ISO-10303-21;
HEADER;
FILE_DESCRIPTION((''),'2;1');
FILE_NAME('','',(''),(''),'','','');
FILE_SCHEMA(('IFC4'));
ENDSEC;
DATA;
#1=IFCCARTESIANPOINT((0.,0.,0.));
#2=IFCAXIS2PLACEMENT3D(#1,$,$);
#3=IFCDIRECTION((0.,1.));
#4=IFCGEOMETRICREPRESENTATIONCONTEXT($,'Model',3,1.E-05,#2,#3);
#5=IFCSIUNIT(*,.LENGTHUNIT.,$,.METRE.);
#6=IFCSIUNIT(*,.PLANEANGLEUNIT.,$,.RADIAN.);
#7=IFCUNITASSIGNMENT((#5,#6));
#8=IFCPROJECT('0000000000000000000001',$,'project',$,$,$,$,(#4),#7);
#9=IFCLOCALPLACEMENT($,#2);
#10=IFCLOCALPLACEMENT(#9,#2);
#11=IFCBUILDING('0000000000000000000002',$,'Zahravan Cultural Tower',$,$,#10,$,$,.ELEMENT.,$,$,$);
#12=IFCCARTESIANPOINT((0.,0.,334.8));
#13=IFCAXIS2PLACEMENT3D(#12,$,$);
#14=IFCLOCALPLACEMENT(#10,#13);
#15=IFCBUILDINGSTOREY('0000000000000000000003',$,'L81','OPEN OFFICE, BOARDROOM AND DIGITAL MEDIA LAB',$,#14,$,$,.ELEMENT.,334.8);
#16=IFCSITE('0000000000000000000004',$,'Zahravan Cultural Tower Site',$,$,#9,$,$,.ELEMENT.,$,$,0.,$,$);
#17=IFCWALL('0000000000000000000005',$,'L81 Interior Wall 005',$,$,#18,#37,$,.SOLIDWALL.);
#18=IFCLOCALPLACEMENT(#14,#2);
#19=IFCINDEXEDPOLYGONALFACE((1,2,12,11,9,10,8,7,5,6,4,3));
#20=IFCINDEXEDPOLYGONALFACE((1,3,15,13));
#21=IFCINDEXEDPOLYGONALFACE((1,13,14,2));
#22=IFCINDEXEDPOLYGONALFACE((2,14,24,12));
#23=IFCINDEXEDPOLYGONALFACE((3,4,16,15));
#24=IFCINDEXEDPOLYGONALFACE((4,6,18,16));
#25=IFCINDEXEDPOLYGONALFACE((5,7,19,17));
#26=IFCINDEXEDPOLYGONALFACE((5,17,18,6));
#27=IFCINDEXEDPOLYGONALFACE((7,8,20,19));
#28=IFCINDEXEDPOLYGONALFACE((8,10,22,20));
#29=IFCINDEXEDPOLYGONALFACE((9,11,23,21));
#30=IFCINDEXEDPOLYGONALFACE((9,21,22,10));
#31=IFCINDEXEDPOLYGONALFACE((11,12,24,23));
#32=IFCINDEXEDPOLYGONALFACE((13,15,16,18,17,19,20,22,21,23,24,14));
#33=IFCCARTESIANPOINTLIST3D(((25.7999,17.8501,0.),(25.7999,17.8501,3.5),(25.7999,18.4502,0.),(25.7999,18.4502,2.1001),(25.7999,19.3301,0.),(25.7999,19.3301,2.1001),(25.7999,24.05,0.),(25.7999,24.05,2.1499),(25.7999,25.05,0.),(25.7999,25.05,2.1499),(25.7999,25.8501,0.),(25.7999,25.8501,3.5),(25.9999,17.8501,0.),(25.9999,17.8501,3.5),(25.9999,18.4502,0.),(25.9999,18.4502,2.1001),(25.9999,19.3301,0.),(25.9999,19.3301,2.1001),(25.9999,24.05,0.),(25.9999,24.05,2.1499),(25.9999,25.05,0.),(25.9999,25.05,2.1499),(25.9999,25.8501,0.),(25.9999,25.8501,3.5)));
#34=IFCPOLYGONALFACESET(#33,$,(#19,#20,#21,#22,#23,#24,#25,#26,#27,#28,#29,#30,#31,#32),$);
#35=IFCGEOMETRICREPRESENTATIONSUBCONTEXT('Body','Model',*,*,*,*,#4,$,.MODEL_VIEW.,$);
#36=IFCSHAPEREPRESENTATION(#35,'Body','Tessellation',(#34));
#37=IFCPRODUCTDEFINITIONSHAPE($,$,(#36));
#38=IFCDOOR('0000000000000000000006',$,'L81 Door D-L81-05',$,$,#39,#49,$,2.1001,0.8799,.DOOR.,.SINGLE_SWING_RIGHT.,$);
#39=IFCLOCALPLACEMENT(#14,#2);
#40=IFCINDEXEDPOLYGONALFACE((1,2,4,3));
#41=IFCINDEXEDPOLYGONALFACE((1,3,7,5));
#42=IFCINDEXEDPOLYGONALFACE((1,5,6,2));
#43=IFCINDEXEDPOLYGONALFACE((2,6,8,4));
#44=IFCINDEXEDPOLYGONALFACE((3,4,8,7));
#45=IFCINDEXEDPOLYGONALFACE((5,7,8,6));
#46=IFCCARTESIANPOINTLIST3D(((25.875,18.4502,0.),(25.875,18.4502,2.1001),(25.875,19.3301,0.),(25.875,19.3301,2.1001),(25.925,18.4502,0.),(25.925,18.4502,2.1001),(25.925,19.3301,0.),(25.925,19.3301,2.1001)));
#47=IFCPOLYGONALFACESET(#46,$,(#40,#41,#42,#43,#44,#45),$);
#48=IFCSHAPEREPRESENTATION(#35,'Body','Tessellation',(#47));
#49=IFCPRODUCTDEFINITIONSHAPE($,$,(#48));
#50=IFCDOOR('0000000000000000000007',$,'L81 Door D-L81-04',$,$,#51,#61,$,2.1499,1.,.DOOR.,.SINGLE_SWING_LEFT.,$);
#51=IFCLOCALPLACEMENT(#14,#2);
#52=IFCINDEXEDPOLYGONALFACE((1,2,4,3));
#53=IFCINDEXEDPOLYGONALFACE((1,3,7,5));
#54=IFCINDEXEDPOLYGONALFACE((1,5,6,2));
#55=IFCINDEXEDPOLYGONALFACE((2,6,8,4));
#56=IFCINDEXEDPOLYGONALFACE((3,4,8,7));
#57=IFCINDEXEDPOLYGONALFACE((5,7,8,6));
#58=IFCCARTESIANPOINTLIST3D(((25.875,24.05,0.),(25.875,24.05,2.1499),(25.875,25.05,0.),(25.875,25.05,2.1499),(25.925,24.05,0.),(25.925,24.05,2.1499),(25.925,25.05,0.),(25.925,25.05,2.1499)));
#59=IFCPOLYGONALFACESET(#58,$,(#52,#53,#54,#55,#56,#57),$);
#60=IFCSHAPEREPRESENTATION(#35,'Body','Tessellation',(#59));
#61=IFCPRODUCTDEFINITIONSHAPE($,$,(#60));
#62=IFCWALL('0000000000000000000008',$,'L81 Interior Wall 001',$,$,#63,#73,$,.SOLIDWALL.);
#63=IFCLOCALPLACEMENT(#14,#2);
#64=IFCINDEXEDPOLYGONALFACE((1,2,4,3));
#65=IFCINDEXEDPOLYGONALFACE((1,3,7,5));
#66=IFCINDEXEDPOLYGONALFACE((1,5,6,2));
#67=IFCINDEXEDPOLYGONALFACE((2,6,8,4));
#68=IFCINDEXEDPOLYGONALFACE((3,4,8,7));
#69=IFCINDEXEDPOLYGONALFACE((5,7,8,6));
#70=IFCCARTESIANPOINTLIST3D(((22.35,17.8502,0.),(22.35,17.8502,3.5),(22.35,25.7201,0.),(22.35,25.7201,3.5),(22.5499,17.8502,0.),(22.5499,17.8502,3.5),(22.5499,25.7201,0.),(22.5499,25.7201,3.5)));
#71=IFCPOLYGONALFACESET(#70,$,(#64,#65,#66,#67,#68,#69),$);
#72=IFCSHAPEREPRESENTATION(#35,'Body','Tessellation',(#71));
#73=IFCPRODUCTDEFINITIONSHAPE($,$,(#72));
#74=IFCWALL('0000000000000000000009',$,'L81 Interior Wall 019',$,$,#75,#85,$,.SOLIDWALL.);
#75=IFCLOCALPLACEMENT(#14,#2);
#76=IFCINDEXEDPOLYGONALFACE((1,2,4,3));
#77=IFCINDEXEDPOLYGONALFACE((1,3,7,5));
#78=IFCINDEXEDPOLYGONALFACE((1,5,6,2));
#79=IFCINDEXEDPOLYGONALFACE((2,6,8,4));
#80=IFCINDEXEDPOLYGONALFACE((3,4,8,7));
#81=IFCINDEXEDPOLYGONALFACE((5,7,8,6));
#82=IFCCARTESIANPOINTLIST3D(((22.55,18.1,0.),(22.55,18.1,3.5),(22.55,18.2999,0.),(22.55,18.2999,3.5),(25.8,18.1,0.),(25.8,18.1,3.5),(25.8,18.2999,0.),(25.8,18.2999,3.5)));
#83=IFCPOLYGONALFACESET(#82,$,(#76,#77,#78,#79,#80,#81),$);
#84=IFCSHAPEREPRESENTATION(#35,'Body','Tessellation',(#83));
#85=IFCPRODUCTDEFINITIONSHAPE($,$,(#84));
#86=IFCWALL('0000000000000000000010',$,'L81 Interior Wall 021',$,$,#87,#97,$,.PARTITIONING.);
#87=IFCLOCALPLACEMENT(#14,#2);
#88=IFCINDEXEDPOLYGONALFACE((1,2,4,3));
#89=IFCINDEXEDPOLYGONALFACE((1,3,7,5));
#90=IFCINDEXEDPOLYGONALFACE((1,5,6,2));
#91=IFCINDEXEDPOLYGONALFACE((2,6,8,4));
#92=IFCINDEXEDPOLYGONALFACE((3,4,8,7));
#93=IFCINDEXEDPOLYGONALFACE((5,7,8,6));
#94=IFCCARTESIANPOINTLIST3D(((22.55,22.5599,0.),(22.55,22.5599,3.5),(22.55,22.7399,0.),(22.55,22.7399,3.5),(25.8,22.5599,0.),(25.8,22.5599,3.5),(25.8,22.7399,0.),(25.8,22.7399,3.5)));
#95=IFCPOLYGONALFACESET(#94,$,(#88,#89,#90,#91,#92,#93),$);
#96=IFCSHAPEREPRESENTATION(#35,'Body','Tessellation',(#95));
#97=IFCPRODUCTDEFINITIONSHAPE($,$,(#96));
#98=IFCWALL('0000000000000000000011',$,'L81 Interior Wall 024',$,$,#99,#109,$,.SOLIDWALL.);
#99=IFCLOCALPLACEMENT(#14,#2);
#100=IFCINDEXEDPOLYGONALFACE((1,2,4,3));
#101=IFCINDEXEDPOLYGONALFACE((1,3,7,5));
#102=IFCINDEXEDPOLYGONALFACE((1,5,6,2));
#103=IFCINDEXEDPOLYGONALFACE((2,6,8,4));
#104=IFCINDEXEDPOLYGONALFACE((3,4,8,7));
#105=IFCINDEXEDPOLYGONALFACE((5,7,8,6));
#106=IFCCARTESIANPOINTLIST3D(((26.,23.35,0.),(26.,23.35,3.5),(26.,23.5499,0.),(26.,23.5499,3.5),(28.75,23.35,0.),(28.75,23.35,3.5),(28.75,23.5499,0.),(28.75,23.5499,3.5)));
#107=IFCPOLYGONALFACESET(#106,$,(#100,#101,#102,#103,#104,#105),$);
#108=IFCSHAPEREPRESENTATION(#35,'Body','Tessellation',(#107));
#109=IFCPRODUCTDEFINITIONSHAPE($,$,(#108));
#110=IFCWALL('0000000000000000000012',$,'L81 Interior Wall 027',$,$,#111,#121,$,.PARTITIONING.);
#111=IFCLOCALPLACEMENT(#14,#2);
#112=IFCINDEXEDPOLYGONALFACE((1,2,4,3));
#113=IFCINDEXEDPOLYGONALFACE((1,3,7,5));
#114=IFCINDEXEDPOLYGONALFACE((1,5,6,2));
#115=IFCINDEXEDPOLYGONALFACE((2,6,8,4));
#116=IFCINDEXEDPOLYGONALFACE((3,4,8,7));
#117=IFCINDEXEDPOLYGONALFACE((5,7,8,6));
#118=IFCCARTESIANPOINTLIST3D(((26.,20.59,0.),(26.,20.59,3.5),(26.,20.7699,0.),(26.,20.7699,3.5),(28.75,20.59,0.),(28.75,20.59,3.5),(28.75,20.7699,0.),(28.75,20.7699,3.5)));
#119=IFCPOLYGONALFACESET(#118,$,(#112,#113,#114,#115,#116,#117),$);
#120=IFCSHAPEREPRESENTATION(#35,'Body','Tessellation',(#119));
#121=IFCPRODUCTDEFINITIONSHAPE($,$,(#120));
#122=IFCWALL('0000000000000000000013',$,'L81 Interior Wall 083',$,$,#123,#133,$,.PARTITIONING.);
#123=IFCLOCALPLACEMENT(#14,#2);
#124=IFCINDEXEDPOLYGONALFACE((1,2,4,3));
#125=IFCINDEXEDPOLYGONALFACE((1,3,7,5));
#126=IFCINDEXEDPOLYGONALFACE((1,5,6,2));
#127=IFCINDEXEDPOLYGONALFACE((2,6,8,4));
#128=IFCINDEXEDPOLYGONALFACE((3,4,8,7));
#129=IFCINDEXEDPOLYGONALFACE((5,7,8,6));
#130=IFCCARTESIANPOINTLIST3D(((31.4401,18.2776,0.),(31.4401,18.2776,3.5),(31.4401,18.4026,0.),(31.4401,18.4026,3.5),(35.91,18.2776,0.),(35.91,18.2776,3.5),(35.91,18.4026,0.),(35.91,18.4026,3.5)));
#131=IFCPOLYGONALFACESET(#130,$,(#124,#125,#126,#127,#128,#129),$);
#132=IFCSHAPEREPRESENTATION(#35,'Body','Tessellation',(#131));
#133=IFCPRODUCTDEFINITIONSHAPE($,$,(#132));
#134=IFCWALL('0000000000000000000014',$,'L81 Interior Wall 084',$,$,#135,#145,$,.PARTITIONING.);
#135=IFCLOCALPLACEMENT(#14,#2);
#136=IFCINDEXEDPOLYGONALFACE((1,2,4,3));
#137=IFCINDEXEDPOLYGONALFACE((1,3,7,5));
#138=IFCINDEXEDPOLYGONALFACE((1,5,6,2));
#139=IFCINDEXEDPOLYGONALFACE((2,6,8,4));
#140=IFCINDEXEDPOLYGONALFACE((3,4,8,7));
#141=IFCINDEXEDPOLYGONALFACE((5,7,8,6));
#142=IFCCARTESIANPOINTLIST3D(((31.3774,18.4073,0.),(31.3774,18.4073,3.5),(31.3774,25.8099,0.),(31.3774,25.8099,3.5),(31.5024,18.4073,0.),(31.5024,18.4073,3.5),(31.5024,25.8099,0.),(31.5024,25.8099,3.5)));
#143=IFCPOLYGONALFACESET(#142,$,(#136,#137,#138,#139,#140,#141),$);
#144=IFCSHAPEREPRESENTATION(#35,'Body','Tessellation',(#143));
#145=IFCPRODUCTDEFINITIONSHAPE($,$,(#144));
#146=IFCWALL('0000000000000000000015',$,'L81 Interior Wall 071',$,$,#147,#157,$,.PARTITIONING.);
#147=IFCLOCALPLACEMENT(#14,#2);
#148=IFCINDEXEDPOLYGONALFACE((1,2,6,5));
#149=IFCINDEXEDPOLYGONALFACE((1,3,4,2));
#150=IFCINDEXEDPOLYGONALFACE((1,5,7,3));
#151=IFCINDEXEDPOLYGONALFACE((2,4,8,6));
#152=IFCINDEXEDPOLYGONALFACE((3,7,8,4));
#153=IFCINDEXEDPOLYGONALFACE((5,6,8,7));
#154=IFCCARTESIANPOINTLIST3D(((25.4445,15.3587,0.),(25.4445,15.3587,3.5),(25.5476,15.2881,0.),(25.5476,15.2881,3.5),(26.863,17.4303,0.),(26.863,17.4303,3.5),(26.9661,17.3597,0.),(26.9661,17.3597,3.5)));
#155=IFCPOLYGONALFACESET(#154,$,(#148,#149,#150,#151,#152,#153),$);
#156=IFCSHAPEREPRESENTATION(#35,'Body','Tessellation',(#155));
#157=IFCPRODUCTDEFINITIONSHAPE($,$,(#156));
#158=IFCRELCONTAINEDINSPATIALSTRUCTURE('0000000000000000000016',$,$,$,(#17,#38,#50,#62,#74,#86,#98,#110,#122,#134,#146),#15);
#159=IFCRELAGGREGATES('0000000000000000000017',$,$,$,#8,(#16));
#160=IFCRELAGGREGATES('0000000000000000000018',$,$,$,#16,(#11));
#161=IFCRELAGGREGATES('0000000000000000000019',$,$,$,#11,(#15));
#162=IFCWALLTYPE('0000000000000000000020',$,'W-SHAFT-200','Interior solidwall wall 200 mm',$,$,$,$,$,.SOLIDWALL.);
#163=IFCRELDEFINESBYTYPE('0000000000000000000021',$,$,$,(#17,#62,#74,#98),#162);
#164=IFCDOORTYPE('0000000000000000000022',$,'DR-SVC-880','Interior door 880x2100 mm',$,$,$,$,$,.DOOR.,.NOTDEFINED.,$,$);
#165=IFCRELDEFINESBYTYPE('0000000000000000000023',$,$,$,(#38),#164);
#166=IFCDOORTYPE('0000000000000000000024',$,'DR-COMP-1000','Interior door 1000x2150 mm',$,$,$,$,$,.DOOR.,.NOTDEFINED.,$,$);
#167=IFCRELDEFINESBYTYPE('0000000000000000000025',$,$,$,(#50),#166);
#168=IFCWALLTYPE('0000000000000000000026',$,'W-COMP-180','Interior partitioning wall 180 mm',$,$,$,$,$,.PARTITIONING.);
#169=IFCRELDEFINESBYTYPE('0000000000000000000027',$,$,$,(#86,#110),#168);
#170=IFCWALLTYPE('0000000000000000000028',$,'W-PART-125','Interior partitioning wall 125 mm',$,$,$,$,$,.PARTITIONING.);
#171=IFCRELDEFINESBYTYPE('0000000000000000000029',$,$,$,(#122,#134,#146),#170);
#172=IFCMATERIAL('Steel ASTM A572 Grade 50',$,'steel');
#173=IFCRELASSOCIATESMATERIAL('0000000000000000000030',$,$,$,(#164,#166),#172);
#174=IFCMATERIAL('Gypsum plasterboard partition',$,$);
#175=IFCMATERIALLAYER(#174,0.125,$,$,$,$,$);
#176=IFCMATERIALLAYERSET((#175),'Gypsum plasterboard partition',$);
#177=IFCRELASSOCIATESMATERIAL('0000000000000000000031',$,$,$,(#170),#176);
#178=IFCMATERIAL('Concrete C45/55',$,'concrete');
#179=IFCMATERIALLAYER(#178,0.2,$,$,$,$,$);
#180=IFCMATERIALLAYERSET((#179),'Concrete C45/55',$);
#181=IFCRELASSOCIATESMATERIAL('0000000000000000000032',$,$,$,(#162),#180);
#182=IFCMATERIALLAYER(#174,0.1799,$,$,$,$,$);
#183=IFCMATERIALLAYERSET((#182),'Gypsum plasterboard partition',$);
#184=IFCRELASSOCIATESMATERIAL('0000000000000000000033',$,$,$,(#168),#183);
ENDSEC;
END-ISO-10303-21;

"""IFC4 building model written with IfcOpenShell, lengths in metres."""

from ifc_helpers import new_model, si_unit, direction, frame, frame_2d, origin, place, context, subcontext, project, spatial, rectangle, extrude, source, transform, mapped, material, layer, layer_set, type_object, element, fill, save


model = new_model("IFC4")

# Units and contexts
model_context = context("Model", 3, precision=1e-05, world=origin(), true_north=direction((0.0, 1.0)))
body_context = subcontext(model_context, "Body", "Model", "MODEL_VIEW")
ifc_project = project(units=[si_unit("LENGTHUNIT", "METRE"), si_unit("PLANEANGLEUNIT", "RADIAN")], contexts=[model_context])

# Site, building, storey
site_placement = place(None, origin())
site = spatial("IfcSite", under=ifc_project, at=site_placement, Name="Zahravan Cultural Tower Site", CompositionType="ELEMENT", RefElevation=0.0)
building_placement = place(site_placement, origin())
building = spatial("IfcBuilding", under=site, at=building_placement, Name="Zahravan Cultural Tower", CompositionType="ELEMENT")
storey_placement = place(building_placement, frame((0.0, 0.0, 334.8)))
storey = spatial("IfcBuildingStorey", under=building, at=storey_placement, Name="L81", Description="OPEN OFFICE, BOARDROOM AND DIGITAL MEDIA LAB", CompositionType="ELEMENT", Elevation=334.8)

# Shared definitions
ifc_material_1 = material(Name="Steel ASTM A572 Grade 50", Category="steel")
door_type_1 = type_object("IfcDoorType", Name="DR-SVC-880", Description="Interior door 880x2100 mm", OperationType="NOTDEFINED", PredefinedType="DOOR", material=ifc_material_1)
shared_shape_1 = source(origin(), body_context, "Body", "SweptSolid", [
    extrude(rectangle(XDim=0.8799, YDim=2.1001, at=frame_2d((0.4399, 1.05))), frame((0.0, 0.0249, 0.0), z_axis=(0.0, -1.0, 0.0), x_axis=(1.0, 0.0, 0.0)), (0.0, 0.0, 1.0), 0.05),
])

# Shared definitions
ifc_material_2 = material(Name="Gypsum plasterboard partition")
ifc_layer_1 = layer(ifc_material_2, 0.125)
ifc_layer_set_1 = layer_set([ifc_layer_1], Name="Gypsum plasterboard partition")
wall_type_1 = type_object("IfcWallType", Name="W-PART-125", Description="Interior partitioning wall 125 mm", PredefinedType="PARTITIONING", material=ifc_layer_set_1)

# Wall, openings, doors
ifc_material_3 = material(Name="Concrete C45/55", Category="concrete")
ifc_layer_2 = layer(ifc_material_3, 0.2)
ifc_layer_set_2 = layer_set([ifc_layer_2], Name="Concrete C45/55")
wall_type_2 = type_object("IfcWallType", Name="W-SHAFT-200", Description="Interior solidwall wall 200 mm", PredefinedType="SOLIDWALL", material=ifc_layer_set_2)
wall_1_placement = place(storey_placement, frame((25.8999, 17.8501, 0.0), z_axis=(0.0, 0.0, 1.0), x_axis=(0.0, 1.0, 0.0)))
wall_1 = element("IfcWall", 1, at=wall_1_placement, inside=storey, type_object=wall_type_2, Name="L81 Interior Wall 005", PredefinedType="SOLIDWALL", context=body_context, shape_type="SweptSolid", body=[
    extrude(rectangle(XDim=8.0, YDim=0.2, at=frame_2d((4.0, 0.0))), origin(), (0.0, 0.0, 1.0), 3.5),
])
opening_1_placement = place(wall_1_placement, frame((6.2, 0.0, 0.0)))
opening_1 = element("IfcOpeningElement", 2, at=opening_1_placement, cuts=wall_1, PredefinedType="OPENING", context=body_context, shape_type="SweptSolid", body=[
    extrude(rectangle(XDim=1.0, YDim=2.1499, at=frame_2d((0.5, 1.075))), frame((0.0, 0.1099, 0.0), z_axis=(0.0, -1.0, 0.0), x_axis=(1.0, 0.0, 0.0)), (0.0, 0.0, 1.0), 0.22),
])
opening_2_placement = place(wall_1_placement, frame((0.6001, 0.0, 0.0)))
opening_2 = element("IfcOpeningElement", 3, at=opening_2_placement, cuts=wall_1, PredefinedType="OPENING", context=body_context, shape_type="SweptSolid", body=[
    extrude(rectangle(XDim=0.8799, YDim=2.1001, at=frame_2d((0.4399, 1.05))), frame((0.0, 0.1099, 0.0), z_axis=(0.0, -1.0, 0.0), x_axis=(1.0, 0.0, 0.0)), (0.0, 0.0, 1.0), 0.22),
])
door_1_placement = place(opening_2_placement, origin())
door_1 = element("IfcDoor", 4, at=door_1_placement, inside=storey, type_object=door_type_1, Name="L81 Door D-L81-05", OperationType="SINGLE_SWING_RIGHT", OverallHeight=2.1001, OverallWidth=0.8799, PredefinedType="DOOR", context=body_context, shape_type="MappedRepresentation", body=[
    mapped(shared_shape_1, transform((0.0, 0.0, 0.0), x_axis=(1.0, 0.0, 0.0), y_axis=(0.0, 1.0, 0.0), z_axis=(0.0, 0.0, 1.0), scale=1.0)),
])
fill(opening_2, door_1)
door_type_2 = type_object("IfcDoorType", Name="DR-COMP-1000", Description="Interior door 1000x2150 mm", OperationType="NOTDEFINED", PredefinedType="DOOR", material=ifc_material_1)
shared_shape_2 = source(origin(), body_context, "Body", "SweptSolid", [
    extrude(rectangle(XDim=1.0, YDim=2.1499, at=frame_2d((0.5, 1.075))), frame((0.0, 0.0249, 0.0), z_axis=(0.0, -1.0, 0.0), x_axis=(1.0, 0.0, 0.0)), (0.0, 0.0, 1.0), 0.05),
])
door_2_placement = place(opening_1_placement, origin())
door_2 = element("IfcDoor", 5, at=door_2_placement, inside=storey, type_object=door_type_2, Name="L81 Door D-L81-04", OperationType="SINGLE_SWING_LEFT", OverallHeight=2.1499, OverallWidth=1.0, PredefinedType="DOOR", context=body_context, shape_type="MappedRepresentation", body=[
    mapped(shared_shape_2, transform((0.0, 0.0, 0.0), x_axis=(1.0, 0.0, 0.0), y_axis=(0.0, 1.0, 0.0), z_axis=(0.0, 0.0, 1.0), scale=1.0)),
])
fill(opening_1, door_2)

# Walls
shared_shape_3 = source(origin(), body_context, "Body", "SweptSolid", [
    extrude(rectangle(XDim=7.8699, YDim=0.2, at=frame_2d((3.9351, 0.0))), origin(), (0.0, 0.0, 1.0), 3.5),
])
wall_2_placement = place(storey_placement, frame((22.45, 17.8501, 0.0), z_axis=(0.0, 0.0, 1.0), x_axis=(0.0, 1.0, 0.0)))
element("IfcWall", 6, at=wall_2_placement, inside=storey, type_object=wall_type_2, Name="L81 Interior Wall 001", PredefinedType="SOLIDWALL", context=body_context, shape_type="MappedRepresentation", body=[
    mapped(shared_shape_3, transform((0.0, 0.0, 0.0), x_axis=(1.0, 0.0, 0.0), y_axis=(0.0, 1.0, 0.0), z_axis=(0.0, 0.0, 1.0), scale=1.0)),
])
shared_shape_4 = source(origin(), body_context, "Body", "SweptSolid", [
    extrude(rectangle(XDim=3.25, YDim=0.2, at=frame_2d((1.625, 0.0))), origin(), (0.0, 0.0, 1.0), 3.5),
])
wall_3_placement = place(storey_placement, frame((22.55, 18.2, 0.0), z_axis=(0.0, 0.0, 1.0), x_axis=(1.0, 0.0, 0.0)))
element("IfcWall", 7, at=wall_3_placement, inside=storey, type_object=wall_type_2, Name="L81 Interior Wall 019", PredefinedType="SOLIDWALL", context=body_context, shape_type="MappedRepresentation", body=[
    mapped(shared_shape_4, transform((0.0, 0.0, 0.0), x_axis=(1.0, 0.0, 0.0), y_axis=(0.0, 1.0, 0.0), z_axis=(0.0, 0.0, 1.0), scale=1.0)),
])
ifc_layer_3 = layer(ifc_material_2, 0.1799)
ifc_layer_set_3 = layer_set([ifc_layer_3], Name="Gypsum plasterboard partition")
wall_type_3 = type_object("IfcWallType", Name="W-COMP-180", Description="Interior partitioning wall 180 mm", PredefinedType="PARTITIONING", material=ifc_layer_set_3)
shared_shape_5 = source(origin(), body_context, "Body", "SweptSolid", [
    extrude(rectangle(XDim=3.25, YDim=0.1799, at=frame_2d((1.625, 0.0))), origin(), (0.0, 0.0, 1.0), 3.5),
])
wall_4_placement = place(storey_placement, frame((22.55, 22.6499, 0.0), z_axis=(0.0, 0.0, 1.0), x_axis=(1.0, 0.0, 0.0)))
element("IfcWall", 8, at=wall_4_placement, inside=storey, type_object=wall_type_3, Name="L81 Interior Wall 021", PredefinedType="PARTITIONING", context=body_context, shape_type="MappedRepresentation", body=[
    mapped(shared_shape_5, transform((0.0, 0.0, 0.0), x_axis=(1.0, 0.0, 0.0), y_axis=(0.0, 1.0, 0.0), z_axis=(0.0, 0.0, 1.0), scale=1.0)),
])
shared_shape_6 = source(origin(), body_context, "Body", "SweptSolid", [
    extrude(rectangle(XDim=2.75, YDim=0.2, at=frame_2d((1.375, 0.0))), origin(), (0.0, 0.0, 1.0), 3.5),
])
wall_5_placement = place(storey_placement, frame((26.0, 23.45, 0.0), z_axis=(0.0, 0.0, 1.0), x_axis=(1.0, 0.0, 0.0)))
element("IfcWall", 9, at=wall_5_placement, inside=storey, type_object=wall_type_2, Name="L81 Interior Wall 024", PredefinedType="SOLIDWALL", context=body_context, shape_type="MappedRepresentation", body=[
    mapped(shared_shape_6, transform((0.0, 0.0, 0.0), x_axis=(1.0, 0.0, 0.0), y_axis=(0.0, 1.0, 0.0), z_axis=(0.0, 0.0, 1.0), scale=1.0)),
])
shared_shape_7 = source(origin(), body_context, "Body", "SweptSolid", [
    extrude(rectangle(XDim=2.75, YDim=0.1799, at=frame_2d((1.375, 0.0))), origin(), (0.0, 0.0, 1.0), 3.5),
])
wall_6_placement = place(storey_placement, frame((26.0, 20.6799, 0.0), z_axis=(0.0, 0.0, 1.0), x_axis=(1.0, 0.0, 0.0)))
element("IfcWall", 10, at=wall_6_placement, inside=storey, type_object=wall_type_3, Name="L81 Interior Wall 027", PredefinedType="PARTITIONING", context=body_context, shape_type="MappedRepresentation", body=[
    mapped(shared_shape_7, transform((0.0, 0.0, 0.0), x_axis=(1.0, 0.0, 0.0), y_axis=(0.0, 1.0, 0.0), z_axis=(0.0, 0.0, 1.0), scale=1.0)),
])
shared_shape_8 = source(origin(), body_context, "Body", "SweptSolid", [
    extrude(rectangle(XDim=4.47, YDim=0.125, at=frame_2d((2.2349, 0.0))), origin(), (0.0, 0.0, 1.0), 3.5),
])
wall_7_placement = place(storey_placement, frame((35.9099, 18.3401, 0.0), z_axis=(0.0, 0.0, 1.0), x_axis=(-1.0, 0.0, 0.0)))
element("IfcWall", 11, at=wall_7_placement, inside=storey, type_object=wall_type_1, Name="L81 Interior Wall 083", PredefinedType="PARTITIONING", context=body_context, shape_type="MappedRepresentation", body=[
    mapped(shared_shape_8, transform((0.0, 0.0, 0.0), x_axis=(1.0, 0.0, 0.0), y_axis=(0.0, 1.0, 0.0), z_axis=(0.0, 0.0, 1.0), scale=1.0)),
])
shared_shape_9 = source(origin(), body_context, "Body", "SweptSolid", [
    extrude(rectangle(XDim=7.4026, YDim=0.125, at=frame_2d((3.7012, 0.0))), origin(), (0.0, 0.0, 1.0), 3.5),
])
wall_8_placement = place(storey_placement, frame((31.4399, 18.4075, 0.0), z_axis=(0.0, 0.0, 1.0), x_axis=(0.0, 1.0, 0.0)))
element("IfcWall", 12, at=wall_8_placement, inside=storey, type_object=wall_type_1, Name="L81 Interior Wall 084", PredefinedType="PARTITIONING", context=body_context, shape_type="MappedRepresentation", body=[
    mapped(shared_shape_9, transform((0.0, 0.0, 0.0), x_axis=(1.0, 0.0, 0.0), y_axis=(0.0, 1.0, 0.0), z_axis=(0.0, 0.0, 1.0), scale=1.0)),
])
shared_shape_10 = source(origin(), body_context, "Body", "SweptSolid", [
    extrude(rectangle(XDim=2.5107, YDim=0.125, at=frame_2d((1.2554, 0.0))), origin(), (0.0, 0.0, 1.0), 3.5),
])
wall_9_placement = place(storey_placement, frame((26.9146, 17.395, 0.0), z_axis=(0.0, 0.0, 1.0), x_axis=(-0.56498, -0.825104, 0.0)))
element("IfcWall", 13, at=wall_9_placement, inside=storey, type_object=wall_type_1, Name="L81 Interior Wall 071", PredefinedType="PARTITIONING", context=body_context, shape_type="MappedRepresentation", body=[
    mapped(shared_shape_10, transform((0.0, 0.0, 0.0), x_axis=(1.0, 0.0, 0.0), y_axis=(0.0, 1.0, 0.0), z_axis=(0.0, 0.0, 1.0), scale=1.0)),
])

save(model, "model.ifc")
